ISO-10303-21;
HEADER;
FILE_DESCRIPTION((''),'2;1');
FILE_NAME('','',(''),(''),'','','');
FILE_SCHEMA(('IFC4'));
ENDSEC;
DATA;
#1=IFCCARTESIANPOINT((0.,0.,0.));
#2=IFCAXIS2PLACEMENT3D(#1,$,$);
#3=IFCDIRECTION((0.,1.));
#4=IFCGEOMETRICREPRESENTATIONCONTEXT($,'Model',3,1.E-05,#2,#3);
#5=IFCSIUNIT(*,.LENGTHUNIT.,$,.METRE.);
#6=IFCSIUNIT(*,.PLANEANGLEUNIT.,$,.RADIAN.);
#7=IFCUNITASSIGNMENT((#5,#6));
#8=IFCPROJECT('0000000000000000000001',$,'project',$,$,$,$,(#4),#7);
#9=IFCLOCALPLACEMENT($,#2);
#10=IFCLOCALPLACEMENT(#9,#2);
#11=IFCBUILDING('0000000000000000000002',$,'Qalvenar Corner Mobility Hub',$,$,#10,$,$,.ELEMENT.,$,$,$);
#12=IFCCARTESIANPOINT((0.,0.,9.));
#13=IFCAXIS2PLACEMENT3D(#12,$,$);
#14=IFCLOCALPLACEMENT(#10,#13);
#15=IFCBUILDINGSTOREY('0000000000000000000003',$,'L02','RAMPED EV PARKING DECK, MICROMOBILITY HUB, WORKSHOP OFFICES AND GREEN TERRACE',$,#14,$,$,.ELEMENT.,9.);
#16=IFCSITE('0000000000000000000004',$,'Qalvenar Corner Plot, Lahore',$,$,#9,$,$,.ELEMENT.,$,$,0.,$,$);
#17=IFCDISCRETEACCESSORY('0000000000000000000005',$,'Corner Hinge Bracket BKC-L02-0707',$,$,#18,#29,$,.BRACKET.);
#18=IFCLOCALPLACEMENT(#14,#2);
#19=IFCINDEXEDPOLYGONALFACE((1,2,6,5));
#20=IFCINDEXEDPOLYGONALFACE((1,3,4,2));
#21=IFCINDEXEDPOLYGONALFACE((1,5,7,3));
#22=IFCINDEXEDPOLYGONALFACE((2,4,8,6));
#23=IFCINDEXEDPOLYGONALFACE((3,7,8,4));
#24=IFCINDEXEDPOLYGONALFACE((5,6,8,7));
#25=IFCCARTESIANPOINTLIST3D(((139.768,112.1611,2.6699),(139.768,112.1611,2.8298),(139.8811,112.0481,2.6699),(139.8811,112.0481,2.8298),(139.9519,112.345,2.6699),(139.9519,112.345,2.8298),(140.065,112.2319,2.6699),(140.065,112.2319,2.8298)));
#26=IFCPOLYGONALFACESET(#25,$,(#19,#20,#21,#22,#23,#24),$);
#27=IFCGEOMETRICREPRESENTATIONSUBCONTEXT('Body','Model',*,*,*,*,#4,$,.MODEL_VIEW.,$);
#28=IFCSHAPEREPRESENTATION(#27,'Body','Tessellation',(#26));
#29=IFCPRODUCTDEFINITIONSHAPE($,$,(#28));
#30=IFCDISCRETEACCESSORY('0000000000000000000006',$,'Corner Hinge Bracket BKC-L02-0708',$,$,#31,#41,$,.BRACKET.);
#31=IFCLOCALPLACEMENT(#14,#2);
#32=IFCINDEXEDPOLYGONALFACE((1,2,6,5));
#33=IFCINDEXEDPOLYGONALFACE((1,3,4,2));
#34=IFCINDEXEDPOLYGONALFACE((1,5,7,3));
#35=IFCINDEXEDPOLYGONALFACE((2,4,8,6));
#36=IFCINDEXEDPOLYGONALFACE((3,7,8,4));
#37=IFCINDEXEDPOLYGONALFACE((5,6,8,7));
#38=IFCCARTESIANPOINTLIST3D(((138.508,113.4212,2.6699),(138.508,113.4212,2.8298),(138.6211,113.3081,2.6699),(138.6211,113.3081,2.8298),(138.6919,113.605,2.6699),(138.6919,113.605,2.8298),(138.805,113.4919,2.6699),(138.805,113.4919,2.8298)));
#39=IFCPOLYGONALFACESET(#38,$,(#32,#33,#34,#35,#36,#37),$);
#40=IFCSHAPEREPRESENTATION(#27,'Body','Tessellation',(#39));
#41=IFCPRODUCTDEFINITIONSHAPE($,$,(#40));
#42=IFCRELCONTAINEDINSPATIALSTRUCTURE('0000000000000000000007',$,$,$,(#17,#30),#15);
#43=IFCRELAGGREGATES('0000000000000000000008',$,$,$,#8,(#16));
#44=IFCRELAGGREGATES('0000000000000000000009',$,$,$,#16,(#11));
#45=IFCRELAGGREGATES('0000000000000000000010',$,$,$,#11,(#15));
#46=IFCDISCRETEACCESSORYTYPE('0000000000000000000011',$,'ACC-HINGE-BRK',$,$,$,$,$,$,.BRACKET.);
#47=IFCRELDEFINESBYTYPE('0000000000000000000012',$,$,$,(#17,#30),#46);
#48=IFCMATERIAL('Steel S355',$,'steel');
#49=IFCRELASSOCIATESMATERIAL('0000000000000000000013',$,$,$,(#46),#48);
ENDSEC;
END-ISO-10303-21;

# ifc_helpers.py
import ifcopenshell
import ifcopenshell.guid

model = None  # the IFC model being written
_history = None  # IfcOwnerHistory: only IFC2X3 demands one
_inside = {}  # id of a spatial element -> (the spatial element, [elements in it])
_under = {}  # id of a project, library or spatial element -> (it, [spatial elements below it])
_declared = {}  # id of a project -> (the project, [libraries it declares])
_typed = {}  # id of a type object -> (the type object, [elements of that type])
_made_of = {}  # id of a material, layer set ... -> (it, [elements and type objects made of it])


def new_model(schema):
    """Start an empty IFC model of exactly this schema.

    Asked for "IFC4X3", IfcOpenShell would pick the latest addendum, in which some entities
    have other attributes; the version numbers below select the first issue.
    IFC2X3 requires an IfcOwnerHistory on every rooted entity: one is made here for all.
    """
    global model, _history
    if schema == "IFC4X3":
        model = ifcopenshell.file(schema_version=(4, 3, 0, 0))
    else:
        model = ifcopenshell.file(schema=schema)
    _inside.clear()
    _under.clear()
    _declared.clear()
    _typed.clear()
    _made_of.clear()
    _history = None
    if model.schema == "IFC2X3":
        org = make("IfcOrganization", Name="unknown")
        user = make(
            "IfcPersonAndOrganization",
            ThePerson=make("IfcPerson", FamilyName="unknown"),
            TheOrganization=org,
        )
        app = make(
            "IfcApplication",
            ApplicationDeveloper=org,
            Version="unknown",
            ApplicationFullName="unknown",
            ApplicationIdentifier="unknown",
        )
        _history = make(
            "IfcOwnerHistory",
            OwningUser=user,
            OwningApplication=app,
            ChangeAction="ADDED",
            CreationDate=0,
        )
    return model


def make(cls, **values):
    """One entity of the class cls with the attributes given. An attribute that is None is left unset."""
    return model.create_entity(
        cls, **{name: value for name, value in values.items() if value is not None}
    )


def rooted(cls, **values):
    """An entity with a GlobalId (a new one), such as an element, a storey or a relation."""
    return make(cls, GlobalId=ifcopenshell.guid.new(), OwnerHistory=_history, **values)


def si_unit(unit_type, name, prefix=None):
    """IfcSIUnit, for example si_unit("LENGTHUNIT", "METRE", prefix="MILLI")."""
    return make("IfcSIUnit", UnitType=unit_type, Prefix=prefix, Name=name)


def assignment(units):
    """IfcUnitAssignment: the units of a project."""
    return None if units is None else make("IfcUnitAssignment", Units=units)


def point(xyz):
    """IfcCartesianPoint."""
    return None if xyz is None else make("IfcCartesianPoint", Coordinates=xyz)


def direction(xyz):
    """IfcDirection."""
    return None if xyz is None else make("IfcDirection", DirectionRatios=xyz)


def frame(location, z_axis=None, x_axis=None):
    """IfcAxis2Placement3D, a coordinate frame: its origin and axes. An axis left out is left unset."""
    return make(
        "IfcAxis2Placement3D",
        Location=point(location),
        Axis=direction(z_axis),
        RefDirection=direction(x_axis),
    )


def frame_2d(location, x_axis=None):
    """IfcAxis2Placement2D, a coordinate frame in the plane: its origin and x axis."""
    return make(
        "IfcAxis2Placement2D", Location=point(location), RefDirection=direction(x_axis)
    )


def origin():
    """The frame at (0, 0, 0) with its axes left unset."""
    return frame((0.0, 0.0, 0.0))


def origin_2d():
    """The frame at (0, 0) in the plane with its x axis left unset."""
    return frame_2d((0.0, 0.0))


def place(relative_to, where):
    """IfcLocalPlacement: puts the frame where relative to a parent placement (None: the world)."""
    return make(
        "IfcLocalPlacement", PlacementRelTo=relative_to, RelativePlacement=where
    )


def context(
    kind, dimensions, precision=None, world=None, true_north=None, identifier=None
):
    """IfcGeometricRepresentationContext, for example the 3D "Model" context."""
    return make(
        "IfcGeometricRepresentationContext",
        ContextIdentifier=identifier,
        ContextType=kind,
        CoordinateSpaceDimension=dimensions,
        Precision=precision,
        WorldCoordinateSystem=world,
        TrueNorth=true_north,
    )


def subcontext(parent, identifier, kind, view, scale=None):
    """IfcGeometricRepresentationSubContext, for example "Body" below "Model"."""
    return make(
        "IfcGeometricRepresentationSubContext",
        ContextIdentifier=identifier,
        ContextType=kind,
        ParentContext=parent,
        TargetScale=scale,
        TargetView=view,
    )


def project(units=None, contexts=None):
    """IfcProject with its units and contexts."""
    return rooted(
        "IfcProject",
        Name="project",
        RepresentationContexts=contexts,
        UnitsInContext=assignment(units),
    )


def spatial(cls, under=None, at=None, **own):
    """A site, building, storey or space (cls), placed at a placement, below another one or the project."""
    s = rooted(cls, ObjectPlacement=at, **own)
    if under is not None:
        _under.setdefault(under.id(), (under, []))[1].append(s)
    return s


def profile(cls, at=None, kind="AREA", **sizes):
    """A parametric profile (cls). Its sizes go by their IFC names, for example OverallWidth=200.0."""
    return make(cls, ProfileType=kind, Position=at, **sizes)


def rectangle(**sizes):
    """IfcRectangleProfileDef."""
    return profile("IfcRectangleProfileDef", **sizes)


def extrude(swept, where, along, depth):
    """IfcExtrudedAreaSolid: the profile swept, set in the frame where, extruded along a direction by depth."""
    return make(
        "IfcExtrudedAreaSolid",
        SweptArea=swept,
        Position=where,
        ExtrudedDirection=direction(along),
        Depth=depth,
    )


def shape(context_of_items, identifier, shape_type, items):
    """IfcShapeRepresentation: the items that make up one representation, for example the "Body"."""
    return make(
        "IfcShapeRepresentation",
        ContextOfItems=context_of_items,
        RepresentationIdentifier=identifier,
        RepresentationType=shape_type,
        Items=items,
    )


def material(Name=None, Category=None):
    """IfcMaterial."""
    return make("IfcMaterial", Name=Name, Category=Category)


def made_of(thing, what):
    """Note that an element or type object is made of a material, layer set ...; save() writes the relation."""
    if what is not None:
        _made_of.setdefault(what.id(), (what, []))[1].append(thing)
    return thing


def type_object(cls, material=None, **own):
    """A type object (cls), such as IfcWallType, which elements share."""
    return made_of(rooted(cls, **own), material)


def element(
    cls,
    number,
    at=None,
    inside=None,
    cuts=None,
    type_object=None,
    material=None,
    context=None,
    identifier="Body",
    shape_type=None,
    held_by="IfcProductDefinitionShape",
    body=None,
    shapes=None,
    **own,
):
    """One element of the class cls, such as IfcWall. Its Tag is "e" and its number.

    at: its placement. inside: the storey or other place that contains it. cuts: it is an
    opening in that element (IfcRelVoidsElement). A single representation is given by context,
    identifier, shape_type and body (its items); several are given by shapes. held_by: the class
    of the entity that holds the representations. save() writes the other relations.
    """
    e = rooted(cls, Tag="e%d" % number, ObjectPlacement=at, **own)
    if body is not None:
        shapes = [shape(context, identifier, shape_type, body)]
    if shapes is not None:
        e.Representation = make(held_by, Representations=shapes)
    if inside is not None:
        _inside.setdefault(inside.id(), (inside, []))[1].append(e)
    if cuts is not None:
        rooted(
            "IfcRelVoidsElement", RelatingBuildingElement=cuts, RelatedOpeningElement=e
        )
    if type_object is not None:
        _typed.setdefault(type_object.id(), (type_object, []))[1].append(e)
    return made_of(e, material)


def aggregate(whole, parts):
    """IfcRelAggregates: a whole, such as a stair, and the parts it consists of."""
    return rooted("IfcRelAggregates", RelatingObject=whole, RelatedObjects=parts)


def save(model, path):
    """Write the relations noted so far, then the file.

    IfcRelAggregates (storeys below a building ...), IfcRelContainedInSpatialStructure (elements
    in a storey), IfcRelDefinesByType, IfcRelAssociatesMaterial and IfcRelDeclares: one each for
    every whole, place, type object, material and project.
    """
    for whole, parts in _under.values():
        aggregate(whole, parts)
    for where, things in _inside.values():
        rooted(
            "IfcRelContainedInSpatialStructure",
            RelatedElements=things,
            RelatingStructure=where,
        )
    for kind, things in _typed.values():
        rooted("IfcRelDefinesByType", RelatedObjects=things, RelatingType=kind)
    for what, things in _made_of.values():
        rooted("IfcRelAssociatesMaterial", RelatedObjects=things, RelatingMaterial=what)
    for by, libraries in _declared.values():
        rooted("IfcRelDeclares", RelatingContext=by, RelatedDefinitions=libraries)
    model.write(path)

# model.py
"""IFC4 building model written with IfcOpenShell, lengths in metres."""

from ifc_helpers import new_model, si_unit, direction, frame, origin, origin_2d, place, context, subcontext, project, spatial, rectangle, extrude, material, type_object, element, save


model = new_model("IFC4")

# Units and contexts
model_context = context("Model", 3, precision=1e-05, world=origin(), true_north=direction((0.0, 1.0)))
body_context = subcontext(model_context, "Body", "Model", "MODEL_VIEW")
ifc_project = project(units=[si_unit("LENGTHUNIT", "METRE"), si_unit("PLANEANGLEUNIT", "RADIAN")], contexts=[model_context])

# Site, building, storey
site_placement = place(None, origin())
site = spatial("IfcSite", under=ifc_project, at=site_placement, Name="Qalvenar Corner Plot, Lahore", CompositionType="ELEMENT", RefElevation=0.0)
building_placement = place(site_placement, origin())
building = spatial("IfcBuilding", under=site, at=building_placement, Name="Qalvenar Corner Mobility Hub", CompositionType="ELEMENT")
storey_placement = place(building_placement, frame((0.0, 0.0, 9.0)))
storey = spatial("IfcBuildingStorey", under=building, at=storey_placement, Name="L02", Description="RAMPED EV PARKING DECK, MICROMOBILITY HUB, WORKSHOP OFFICES AND GREEN TERRACE", CompositionType="ELEMENT", Elevation=9.0)

# Shared definitions
ifc_material_1 = material(Name="Steel S355", Category="steel")

# Discrete accessories
discrete_accessory_type = type_object("IfcDiscreteAccessoryType", Name="ACC-HINGE-BRK", PredefinedType="BRACKET", material=ifc_material_1)
for number, where, z_axis, x_axis, name in (
    (1, (139.9165, 112.1965, 2.6699), (0.0, 0.0, 1.0), (-0.707107, 0.707107, 0.0), "Corner Hinge Bracket BKC-L02-0707"),
    (2, (138.6565, 113.4565, 2.6699), (0.0, 0.0, 1.0), (-0.707107, 0.707107, 0.0), "Corner Hinge Bracket BKC-L02-0708"),
):
    element("IfcDiscreteAccessory", number, at=place(storey_placement, frame(where, z_axis=z_axis, x_axis=x_axis)), inside=storey, type_object=discrete_accessory_type, Name=name, PredefinedType="BRACKET", context=body_context, shape_type="SweptSolid", body=[
        extrude(rectangle(XDim=0.1599, YDim=0.26, at=origin_2d()), origin(), (0.0, 0.0, 1.0), 0.1599),
    ])

save(model, "model.ifc")
